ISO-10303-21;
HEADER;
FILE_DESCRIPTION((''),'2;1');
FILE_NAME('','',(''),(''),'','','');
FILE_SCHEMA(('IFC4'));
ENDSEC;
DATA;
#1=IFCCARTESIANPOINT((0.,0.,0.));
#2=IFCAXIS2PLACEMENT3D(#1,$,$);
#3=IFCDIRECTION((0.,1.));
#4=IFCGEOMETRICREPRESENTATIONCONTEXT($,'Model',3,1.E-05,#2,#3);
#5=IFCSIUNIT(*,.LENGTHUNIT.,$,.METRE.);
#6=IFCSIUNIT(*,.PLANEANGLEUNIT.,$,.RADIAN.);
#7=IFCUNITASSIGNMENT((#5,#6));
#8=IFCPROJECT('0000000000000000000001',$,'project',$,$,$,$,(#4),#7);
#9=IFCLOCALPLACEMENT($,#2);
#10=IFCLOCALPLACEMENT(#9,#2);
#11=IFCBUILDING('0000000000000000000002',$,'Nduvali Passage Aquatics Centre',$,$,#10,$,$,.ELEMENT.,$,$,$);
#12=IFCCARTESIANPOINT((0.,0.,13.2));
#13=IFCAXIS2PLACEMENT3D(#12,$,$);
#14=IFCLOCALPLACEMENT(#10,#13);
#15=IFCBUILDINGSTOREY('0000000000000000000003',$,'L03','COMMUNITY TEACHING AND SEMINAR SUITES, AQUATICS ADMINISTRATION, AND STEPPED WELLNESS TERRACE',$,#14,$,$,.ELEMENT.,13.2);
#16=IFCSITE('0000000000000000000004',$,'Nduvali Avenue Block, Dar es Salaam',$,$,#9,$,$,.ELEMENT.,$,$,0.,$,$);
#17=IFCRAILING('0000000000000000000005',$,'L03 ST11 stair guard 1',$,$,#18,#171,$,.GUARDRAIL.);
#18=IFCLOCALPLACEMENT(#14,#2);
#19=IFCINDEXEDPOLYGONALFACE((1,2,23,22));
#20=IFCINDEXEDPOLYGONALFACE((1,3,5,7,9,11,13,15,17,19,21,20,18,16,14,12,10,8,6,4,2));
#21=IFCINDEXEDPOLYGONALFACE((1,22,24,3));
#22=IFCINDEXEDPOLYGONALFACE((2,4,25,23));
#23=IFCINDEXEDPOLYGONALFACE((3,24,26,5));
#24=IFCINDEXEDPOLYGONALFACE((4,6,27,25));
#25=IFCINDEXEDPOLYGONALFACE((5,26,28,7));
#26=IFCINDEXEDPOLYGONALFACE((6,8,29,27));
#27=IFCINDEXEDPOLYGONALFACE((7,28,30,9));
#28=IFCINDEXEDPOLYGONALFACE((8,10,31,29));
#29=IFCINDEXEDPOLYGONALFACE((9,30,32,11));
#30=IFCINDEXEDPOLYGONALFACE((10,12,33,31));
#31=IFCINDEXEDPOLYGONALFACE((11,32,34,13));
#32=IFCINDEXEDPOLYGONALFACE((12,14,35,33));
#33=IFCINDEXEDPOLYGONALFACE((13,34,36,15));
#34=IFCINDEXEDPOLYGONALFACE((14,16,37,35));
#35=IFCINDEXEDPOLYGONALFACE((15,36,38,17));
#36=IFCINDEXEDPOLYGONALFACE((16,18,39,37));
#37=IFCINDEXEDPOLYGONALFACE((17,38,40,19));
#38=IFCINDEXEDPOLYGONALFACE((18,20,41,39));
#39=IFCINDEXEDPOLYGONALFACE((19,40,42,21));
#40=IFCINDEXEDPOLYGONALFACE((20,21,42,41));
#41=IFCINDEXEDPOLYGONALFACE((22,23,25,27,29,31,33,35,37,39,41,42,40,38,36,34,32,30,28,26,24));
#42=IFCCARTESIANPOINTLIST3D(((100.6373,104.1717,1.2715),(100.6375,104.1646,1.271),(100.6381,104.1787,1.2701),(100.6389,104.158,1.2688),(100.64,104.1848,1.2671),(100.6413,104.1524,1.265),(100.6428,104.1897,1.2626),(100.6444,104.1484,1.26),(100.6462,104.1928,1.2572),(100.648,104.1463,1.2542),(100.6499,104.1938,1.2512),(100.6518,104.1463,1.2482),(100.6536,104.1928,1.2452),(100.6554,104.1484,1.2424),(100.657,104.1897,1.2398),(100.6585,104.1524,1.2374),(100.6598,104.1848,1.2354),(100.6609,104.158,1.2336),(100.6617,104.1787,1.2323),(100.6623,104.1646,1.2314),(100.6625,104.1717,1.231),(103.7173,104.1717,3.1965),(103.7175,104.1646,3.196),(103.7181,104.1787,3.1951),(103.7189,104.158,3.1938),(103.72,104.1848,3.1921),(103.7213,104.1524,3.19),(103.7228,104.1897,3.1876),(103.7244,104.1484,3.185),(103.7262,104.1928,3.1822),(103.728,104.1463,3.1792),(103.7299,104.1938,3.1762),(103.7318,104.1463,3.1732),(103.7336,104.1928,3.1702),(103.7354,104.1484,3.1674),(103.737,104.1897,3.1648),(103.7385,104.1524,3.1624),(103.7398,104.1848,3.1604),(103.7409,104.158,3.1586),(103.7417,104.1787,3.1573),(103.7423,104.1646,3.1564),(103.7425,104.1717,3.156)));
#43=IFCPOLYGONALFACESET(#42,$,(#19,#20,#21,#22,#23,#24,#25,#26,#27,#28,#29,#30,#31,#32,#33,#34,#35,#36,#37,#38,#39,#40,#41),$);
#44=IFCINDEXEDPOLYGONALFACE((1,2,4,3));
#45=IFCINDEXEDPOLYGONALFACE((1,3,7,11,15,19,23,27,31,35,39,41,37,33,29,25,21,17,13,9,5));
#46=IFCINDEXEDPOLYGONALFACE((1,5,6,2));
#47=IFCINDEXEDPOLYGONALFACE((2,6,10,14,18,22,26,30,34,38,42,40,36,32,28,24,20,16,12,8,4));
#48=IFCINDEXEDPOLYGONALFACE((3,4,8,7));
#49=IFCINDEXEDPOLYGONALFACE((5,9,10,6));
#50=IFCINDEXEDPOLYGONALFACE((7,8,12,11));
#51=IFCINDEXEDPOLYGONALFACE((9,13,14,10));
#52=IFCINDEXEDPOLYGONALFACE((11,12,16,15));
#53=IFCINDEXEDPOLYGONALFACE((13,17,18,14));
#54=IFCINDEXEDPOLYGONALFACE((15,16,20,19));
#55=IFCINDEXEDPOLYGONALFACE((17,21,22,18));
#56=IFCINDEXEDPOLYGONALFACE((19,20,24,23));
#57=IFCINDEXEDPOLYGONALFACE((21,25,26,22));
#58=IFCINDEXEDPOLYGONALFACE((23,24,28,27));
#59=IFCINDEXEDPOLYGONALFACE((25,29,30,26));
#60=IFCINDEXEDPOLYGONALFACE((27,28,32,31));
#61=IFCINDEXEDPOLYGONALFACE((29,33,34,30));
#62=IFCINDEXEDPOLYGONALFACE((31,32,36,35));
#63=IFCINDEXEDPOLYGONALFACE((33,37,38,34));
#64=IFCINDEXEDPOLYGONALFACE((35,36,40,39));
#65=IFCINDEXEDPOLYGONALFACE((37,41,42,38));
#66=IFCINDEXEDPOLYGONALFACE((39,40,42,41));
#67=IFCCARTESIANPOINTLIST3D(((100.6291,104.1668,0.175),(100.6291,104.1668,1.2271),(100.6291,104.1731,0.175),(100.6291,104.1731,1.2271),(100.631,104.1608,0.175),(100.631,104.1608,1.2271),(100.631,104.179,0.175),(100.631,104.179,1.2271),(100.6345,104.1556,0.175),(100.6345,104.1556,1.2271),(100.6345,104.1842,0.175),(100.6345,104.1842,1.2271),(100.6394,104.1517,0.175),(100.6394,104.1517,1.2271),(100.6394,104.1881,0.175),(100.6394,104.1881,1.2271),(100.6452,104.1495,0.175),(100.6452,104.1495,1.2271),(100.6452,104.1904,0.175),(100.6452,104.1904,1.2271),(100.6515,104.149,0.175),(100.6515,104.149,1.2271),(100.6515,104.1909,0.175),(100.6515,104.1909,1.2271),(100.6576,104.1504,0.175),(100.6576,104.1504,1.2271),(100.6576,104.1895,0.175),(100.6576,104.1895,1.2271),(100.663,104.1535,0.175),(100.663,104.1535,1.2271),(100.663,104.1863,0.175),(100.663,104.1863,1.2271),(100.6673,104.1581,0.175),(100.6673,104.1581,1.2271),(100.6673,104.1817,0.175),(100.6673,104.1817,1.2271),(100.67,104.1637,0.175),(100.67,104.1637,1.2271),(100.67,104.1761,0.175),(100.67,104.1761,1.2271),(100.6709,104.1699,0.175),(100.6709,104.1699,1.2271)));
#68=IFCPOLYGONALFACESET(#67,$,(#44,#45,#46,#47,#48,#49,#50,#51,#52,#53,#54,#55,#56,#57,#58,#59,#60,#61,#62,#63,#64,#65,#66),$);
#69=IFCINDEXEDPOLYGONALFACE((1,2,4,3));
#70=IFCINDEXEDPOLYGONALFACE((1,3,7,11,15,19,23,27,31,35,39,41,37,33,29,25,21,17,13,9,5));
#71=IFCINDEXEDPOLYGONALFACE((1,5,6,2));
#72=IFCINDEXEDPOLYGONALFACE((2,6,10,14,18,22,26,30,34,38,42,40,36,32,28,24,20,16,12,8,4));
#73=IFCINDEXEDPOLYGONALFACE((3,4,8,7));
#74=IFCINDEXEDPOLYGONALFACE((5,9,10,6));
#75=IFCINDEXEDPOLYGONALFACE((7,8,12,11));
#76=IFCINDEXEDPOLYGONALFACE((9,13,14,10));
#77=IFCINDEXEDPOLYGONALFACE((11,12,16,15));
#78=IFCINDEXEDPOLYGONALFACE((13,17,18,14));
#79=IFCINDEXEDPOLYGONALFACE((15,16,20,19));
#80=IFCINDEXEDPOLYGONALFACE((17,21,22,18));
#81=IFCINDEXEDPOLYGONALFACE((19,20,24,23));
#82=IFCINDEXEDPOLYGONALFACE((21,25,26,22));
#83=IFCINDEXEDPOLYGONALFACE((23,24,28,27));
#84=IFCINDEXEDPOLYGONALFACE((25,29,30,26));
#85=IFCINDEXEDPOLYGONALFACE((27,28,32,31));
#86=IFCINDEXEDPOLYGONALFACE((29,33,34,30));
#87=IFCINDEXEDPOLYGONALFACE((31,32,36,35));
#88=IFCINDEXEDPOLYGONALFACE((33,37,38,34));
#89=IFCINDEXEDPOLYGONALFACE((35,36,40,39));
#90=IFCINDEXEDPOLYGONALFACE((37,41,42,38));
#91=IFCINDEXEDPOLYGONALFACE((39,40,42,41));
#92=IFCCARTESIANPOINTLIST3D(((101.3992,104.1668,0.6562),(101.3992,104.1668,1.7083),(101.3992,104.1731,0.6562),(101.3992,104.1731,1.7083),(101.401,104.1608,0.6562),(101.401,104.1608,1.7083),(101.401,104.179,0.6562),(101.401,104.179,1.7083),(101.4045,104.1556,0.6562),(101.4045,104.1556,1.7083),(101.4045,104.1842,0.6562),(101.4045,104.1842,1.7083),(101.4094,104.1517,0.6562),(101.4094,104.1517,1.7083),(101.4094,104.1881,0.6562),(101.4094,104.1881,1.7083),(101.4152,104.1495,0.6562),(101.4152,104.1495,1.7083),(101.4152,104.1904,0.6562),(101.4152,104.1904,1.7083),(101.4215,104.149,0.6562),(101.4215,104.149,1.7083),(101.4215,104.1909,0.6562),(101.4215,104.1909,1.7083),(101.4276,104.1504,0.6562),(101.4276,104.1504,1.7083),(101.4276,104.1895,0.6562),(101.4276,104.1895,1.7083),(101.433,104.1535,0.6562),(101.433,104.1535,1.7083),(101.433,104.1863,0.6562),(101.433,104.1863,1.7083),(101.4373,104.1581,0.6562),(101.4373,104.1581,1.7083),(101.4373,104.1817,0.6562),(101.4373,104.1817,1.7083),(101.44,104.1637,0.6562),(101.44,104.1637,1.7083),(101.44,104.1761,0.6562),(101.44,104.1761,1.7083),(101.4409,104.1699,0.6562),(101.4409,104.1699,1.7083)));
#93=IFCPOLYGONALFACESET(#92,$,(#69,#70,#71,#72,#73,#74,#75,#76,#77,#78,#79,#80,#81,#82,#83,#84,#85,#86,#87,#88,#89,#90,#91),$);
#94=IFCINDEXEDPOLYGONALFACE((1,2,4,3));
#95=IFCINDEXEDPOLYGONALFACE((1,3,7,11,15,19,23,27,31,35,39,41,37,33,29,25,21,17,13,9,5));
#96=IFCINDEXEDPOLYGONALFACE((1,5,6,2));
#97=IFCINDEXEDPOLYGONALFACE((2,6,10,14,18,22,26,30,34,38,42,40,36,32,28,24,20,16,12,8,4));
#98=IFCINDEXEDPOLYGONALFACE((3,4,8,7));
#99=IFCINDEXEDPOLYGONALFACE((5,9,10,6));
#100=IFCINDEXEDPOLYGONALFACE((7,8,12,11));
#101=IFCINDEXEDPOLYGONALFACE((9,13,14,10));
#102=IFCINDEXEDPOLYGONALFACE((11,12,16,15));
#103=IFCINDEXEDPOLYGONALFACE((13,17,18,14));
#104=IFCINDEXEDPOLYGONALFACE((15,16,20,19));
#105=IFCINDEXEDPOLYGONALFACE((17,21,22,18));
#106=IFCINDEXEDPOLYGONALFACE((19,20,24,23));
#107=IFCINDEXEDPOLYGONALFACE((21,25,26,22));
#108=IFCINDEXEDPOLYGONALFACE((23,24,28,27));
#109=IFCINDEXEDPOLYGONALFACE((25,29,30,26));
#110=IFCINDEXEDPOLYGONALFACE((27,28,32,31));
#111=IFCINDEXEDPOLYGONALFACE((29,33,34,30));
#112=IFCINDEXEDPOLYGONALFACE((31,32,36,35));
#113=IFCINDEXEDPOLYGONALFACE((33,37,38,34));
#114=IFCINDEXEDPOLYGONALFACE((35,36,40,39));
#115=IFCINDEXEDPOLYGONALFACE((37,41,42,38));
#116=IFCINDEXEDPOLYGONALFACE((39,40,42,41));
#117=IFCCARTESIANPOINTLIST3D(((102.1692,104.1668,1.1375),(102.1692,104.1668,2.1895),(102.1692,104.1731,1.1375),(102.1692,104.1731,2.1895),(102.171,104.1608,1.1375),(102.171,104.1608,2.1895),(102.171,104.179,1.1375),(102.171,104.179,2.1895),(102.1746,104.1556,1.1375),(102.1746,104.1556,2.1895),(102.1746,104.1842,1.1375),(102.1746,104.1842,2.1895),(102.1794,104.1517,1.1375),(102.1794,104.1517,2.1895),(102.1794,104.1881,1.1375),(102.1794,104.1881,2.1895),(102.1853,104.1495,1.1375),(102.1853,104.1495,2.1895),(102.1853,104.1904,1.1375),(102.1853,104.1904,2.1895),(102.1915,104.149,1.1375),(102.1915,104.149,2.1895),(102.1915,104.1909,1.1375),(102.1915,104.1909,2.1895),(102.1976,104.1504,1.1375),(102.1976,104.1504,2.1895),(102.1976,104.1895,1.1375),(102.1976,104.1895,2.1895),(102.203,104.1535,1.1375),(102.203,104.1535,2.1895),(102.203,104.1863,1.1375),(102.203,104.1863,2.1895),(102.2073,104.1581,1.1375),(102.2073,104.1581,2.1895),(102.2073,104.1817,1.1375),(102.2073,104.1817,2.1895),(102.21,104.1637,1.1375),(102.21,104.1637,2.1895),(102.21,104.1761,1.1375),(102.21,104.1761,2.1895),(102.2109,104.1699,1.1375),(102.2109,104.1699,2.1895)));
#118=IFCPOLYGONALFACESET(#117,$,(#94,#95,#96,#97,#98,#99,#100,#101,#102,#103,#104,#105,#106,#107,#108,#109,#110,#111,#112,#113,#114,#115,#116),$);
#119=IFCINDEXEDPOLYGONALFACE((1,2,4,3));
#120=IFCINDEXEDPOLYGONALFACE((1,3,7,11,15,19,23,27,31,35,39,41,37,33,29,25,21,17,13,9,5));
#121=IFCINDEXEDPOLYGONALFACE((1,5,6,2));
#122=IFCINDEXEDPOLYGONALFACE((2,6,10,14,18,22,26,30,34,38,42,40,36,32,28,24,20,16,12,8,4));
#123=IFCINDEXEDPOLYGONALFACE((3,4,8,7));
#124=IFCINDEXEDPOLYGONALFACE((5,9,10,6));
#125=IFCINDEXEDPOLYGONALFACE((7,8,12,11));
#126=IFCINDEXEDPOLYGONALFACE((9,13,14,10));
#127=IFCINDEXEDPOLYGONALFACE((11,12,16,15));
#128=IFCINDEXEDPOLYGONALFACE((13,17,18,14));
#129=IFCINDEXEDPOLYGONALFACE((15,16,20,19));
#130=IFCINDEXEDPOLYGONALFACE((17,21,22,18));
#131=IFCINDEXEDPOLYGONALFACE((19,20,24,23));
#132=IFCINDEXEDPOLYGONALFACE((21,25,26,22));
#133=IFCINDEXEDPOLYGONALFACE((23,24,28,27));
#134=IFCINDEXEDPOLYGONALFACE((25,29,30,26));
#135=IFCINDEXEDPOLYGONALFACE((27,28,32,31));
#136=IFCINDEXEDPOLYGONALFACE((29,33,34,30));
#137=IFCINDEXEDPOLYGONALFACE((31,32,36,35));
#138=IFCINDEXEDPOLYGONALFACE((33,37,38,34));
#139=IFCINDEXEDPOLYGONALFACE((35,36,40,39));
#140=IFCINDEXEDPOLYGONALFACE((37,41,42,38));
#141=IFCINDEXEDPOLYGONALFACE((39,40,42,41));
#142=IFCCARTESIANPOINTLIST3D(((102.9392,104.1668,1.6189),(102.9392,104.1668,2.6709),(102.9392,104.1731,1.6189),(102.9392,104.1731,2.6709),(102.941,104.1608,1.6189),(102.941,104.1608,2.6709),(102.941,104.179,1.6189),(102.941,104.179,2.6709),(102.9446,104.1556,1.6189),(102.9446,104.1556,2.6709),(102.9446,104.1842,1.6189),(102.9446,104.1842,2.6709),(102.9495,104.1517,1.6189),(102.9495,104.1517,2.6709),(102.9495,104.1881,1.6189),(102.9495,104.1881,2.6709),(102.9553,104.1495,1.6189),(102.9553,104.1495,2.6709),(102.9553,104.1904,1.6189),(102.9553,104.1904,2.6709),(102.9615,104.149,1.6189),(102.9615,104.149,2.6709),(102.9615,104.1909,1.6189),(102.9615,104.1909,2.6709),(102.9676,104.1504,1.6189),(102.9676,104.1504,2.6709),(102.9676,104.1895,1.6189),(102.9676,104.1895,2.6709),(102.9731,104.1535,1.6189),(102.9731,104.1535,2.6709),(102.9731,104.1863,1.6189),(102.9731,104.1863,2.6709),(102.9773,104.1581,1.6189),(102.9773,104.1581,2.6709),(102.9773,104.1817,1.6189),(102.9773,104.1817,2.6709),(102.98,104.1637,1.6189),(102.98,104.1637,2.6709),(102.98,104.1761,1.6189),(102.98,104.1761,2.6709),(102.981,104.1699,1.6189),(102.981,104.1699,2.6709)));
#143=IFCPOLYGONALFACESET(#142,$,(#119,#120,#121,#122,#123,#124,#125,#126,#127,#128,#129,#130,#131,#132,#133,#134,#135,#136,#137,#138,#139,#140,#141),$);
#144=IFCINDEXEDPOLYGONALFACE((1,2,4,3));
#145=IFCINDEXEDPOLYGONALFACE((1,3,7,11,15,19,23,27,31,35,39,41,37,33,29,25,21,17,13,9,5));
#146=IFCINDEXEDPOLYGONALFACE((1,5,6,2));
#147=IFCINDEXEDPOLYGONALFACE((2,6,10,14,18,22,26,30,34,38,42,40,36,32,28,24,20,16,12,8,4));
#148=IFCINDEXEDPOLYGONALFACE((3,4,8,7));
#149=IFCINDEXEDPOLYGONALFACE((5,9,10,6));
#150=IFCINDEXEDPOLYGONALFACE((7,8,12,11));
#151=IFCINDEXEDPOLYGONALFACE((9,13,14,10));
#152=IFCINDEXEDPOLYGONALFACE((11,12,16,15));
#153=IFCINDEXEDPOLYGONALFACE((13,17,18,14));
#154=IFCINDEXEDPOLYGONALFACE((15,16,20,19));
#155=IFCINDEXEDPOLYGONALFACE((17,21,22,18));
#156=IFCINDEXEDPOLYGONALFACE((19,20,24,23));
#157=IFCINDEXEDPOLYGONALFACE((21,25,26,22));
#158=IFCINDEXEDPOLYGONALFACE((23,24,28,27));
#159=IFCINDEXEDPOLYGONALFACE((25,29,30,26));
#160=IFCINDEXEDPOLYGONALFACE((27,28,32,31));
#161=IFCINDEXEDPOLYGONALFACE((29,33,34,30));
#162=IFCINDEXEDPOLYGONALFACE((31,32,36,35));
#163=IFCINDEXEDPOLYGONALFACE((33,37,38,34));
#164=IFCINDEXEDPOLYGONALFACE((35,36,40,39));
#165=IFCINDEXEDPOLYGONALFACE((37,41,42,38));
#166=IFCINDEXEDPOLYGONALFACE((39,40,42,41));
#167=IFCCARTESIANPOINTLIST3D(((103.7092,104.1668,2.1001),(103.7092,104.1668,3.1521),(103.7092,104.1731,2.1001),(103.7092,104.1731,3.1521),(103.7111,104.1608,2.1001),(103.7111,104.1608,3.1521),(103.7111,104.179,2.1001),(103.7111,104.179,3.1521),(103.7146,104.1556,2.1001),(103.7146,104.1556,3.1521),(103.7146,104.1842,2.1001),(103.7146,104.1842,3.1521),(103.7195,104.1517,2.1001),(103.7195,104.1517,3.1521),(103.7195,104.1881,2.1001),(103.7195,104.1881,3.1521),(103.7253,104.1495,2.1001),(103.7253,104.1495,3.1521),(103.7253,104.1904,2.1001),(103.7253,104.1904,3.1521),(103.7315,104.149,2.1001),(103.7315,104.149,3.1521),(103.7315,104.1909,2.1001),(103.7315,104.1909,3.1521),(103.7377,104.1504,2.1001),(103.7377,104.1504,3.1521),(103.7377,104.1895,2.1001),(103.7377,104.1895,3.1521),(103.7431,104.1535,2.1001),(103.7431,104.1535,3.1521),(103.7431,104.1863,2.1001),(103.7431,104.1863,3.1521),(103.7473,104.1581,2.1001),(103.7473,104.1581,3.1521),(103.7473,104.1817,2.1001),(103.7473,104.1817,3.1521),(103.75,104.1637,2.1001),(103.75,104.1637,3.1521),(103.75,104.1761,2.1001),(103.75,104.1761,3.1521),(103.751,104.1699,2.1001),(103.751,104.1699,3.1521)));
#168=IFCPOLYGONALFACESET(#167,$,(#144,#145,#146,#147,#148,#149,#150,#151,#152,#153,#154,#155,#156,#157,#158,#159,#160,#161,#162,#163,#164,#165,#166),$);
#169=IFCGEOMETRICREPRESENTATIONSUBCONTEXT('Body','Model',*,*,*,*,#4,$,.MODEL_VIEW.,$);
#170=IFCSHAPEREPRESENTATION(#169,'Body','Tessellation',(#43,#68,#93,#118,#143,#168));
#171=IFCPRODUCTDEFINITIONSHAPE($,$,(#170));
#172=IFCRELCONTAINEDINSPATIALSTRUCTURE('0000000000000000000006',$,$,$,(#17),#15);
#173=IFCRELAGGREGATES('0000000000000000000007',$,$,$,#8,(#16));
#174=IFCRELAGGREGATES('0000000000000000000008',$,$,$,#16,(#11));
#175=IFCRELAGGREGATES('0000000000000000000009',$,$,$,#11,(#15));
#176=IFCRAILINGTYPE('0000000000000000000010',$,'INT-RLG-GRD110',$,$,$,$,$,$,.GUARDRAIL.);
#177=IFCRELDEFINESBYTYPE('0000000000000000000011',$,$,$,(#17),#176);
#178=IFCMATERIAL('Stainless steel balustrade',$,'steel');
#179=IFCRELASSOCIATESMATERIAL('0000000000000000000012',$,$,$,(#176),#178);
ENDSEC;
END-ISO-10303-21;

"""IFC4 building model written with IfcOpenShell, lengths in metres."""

from ifc_helpers import new_model, si_unit, direction, frame, origin, origin_2d, place, context, subcontext, project, spatial, circle, extrude, material, type_object, element, save


model = new_model("IFC4")

# Units and contexts
model_context = context("Model", 3, precision=1e-05, world=origin(), true_north=direction((0.0, 1.0)))
body_context = subcontext(model_context, "Body", "Model", "MODEL_VIEW")
ifc_project = project(units=[si_unit("LENGTHUNIT", "METRE"), si_unit("PLANEANGLEUNIT", "RADIAN")], contexts=[model_context])

# Site, building, storey
site_placement = place(None, origin())
site = spatial("IfcSite", under=ifc_project, at=site_placement, Name="Nduvali Avenue Block, Dar es Salaam", CompositionType="ELEMENT", RefElevation=0.0)
building_placement = place(site_placement, origin())
building = spatial("IfcBuilding", under=site, at=building_placement, Name="Nduvali Passage Aquatics Centre", CompositionType="ELEMENT")
storey_placement = place(building_placement, frame((0.0, 0.0, 13.2)))
storey = spatial("IfcBuildingStorey", under=building, at=storey_placement, Name="L03", Description="COMMUNITY TEACHING AND SEMINAR SUITES, AQUATICS ADMINISTRATION, AND STEPPED WELLNESS TERRACE", CompositionType="ELEMENT", Elevation=13.2)

# Railing
ifc_material_1 = material(Name="Stainless steel balustrade", Category="steel")
railing_type_1 = type_object("IfcRailingType", Name="INT-RLG-GRD110", PredefinedType="GUARDRAIL", material=ifc_material_1)
railing_1_placement = place(storey_placement, frame((100.6499, 104.1699, 0.175)))
element("IfcRailing", 1, at=railing_1_placement, inside=storey, type_object=railing_type_1, Name="L03 ST11 stair guard 1", PredefinedType="GUARDRAIL", context=body_context, shape_type="SweptSolid", body=[
    extrude(circle(Radius=0.0239, at=origin_2d()), frame((0.0, 0.0, 1.0762), z_axis=(0.847998, 0.0, 0.529999), x_axis=(0.0, 1.0, 0.0)), (0.0, 0.0, 1.0), 3.6321),
    extrude(circle(Radius=0.021, at=origin_2d()), origin(), (0.0, 0.0, 1.0), 1.052),
    extrude(circle(Radius=0.021, at=origin_2d()), frame((0.77, 0.0, 0.4812)), (0.0, 0.0, 1.0), 1.052),
    extrude(circle(Radius=0.021, at=origin_2d()), frame((1.54, 0.0, 0.9624)), (0.0, 0.0, 1.0), 1.052),
    extrude(circle(Radius=0.021, at=origin_2d()), frame((2.3101, 0.0, 1.4438)), (0.0, 0.0, 1.0), 1.052),
    extrude(circle(Radius=0.021, at=origin_2d()), frame((3.0801, 0.0, 1.925)), (0.0, 0.0, 1.0), 1.052),
])

save(model, "model.ifc")
